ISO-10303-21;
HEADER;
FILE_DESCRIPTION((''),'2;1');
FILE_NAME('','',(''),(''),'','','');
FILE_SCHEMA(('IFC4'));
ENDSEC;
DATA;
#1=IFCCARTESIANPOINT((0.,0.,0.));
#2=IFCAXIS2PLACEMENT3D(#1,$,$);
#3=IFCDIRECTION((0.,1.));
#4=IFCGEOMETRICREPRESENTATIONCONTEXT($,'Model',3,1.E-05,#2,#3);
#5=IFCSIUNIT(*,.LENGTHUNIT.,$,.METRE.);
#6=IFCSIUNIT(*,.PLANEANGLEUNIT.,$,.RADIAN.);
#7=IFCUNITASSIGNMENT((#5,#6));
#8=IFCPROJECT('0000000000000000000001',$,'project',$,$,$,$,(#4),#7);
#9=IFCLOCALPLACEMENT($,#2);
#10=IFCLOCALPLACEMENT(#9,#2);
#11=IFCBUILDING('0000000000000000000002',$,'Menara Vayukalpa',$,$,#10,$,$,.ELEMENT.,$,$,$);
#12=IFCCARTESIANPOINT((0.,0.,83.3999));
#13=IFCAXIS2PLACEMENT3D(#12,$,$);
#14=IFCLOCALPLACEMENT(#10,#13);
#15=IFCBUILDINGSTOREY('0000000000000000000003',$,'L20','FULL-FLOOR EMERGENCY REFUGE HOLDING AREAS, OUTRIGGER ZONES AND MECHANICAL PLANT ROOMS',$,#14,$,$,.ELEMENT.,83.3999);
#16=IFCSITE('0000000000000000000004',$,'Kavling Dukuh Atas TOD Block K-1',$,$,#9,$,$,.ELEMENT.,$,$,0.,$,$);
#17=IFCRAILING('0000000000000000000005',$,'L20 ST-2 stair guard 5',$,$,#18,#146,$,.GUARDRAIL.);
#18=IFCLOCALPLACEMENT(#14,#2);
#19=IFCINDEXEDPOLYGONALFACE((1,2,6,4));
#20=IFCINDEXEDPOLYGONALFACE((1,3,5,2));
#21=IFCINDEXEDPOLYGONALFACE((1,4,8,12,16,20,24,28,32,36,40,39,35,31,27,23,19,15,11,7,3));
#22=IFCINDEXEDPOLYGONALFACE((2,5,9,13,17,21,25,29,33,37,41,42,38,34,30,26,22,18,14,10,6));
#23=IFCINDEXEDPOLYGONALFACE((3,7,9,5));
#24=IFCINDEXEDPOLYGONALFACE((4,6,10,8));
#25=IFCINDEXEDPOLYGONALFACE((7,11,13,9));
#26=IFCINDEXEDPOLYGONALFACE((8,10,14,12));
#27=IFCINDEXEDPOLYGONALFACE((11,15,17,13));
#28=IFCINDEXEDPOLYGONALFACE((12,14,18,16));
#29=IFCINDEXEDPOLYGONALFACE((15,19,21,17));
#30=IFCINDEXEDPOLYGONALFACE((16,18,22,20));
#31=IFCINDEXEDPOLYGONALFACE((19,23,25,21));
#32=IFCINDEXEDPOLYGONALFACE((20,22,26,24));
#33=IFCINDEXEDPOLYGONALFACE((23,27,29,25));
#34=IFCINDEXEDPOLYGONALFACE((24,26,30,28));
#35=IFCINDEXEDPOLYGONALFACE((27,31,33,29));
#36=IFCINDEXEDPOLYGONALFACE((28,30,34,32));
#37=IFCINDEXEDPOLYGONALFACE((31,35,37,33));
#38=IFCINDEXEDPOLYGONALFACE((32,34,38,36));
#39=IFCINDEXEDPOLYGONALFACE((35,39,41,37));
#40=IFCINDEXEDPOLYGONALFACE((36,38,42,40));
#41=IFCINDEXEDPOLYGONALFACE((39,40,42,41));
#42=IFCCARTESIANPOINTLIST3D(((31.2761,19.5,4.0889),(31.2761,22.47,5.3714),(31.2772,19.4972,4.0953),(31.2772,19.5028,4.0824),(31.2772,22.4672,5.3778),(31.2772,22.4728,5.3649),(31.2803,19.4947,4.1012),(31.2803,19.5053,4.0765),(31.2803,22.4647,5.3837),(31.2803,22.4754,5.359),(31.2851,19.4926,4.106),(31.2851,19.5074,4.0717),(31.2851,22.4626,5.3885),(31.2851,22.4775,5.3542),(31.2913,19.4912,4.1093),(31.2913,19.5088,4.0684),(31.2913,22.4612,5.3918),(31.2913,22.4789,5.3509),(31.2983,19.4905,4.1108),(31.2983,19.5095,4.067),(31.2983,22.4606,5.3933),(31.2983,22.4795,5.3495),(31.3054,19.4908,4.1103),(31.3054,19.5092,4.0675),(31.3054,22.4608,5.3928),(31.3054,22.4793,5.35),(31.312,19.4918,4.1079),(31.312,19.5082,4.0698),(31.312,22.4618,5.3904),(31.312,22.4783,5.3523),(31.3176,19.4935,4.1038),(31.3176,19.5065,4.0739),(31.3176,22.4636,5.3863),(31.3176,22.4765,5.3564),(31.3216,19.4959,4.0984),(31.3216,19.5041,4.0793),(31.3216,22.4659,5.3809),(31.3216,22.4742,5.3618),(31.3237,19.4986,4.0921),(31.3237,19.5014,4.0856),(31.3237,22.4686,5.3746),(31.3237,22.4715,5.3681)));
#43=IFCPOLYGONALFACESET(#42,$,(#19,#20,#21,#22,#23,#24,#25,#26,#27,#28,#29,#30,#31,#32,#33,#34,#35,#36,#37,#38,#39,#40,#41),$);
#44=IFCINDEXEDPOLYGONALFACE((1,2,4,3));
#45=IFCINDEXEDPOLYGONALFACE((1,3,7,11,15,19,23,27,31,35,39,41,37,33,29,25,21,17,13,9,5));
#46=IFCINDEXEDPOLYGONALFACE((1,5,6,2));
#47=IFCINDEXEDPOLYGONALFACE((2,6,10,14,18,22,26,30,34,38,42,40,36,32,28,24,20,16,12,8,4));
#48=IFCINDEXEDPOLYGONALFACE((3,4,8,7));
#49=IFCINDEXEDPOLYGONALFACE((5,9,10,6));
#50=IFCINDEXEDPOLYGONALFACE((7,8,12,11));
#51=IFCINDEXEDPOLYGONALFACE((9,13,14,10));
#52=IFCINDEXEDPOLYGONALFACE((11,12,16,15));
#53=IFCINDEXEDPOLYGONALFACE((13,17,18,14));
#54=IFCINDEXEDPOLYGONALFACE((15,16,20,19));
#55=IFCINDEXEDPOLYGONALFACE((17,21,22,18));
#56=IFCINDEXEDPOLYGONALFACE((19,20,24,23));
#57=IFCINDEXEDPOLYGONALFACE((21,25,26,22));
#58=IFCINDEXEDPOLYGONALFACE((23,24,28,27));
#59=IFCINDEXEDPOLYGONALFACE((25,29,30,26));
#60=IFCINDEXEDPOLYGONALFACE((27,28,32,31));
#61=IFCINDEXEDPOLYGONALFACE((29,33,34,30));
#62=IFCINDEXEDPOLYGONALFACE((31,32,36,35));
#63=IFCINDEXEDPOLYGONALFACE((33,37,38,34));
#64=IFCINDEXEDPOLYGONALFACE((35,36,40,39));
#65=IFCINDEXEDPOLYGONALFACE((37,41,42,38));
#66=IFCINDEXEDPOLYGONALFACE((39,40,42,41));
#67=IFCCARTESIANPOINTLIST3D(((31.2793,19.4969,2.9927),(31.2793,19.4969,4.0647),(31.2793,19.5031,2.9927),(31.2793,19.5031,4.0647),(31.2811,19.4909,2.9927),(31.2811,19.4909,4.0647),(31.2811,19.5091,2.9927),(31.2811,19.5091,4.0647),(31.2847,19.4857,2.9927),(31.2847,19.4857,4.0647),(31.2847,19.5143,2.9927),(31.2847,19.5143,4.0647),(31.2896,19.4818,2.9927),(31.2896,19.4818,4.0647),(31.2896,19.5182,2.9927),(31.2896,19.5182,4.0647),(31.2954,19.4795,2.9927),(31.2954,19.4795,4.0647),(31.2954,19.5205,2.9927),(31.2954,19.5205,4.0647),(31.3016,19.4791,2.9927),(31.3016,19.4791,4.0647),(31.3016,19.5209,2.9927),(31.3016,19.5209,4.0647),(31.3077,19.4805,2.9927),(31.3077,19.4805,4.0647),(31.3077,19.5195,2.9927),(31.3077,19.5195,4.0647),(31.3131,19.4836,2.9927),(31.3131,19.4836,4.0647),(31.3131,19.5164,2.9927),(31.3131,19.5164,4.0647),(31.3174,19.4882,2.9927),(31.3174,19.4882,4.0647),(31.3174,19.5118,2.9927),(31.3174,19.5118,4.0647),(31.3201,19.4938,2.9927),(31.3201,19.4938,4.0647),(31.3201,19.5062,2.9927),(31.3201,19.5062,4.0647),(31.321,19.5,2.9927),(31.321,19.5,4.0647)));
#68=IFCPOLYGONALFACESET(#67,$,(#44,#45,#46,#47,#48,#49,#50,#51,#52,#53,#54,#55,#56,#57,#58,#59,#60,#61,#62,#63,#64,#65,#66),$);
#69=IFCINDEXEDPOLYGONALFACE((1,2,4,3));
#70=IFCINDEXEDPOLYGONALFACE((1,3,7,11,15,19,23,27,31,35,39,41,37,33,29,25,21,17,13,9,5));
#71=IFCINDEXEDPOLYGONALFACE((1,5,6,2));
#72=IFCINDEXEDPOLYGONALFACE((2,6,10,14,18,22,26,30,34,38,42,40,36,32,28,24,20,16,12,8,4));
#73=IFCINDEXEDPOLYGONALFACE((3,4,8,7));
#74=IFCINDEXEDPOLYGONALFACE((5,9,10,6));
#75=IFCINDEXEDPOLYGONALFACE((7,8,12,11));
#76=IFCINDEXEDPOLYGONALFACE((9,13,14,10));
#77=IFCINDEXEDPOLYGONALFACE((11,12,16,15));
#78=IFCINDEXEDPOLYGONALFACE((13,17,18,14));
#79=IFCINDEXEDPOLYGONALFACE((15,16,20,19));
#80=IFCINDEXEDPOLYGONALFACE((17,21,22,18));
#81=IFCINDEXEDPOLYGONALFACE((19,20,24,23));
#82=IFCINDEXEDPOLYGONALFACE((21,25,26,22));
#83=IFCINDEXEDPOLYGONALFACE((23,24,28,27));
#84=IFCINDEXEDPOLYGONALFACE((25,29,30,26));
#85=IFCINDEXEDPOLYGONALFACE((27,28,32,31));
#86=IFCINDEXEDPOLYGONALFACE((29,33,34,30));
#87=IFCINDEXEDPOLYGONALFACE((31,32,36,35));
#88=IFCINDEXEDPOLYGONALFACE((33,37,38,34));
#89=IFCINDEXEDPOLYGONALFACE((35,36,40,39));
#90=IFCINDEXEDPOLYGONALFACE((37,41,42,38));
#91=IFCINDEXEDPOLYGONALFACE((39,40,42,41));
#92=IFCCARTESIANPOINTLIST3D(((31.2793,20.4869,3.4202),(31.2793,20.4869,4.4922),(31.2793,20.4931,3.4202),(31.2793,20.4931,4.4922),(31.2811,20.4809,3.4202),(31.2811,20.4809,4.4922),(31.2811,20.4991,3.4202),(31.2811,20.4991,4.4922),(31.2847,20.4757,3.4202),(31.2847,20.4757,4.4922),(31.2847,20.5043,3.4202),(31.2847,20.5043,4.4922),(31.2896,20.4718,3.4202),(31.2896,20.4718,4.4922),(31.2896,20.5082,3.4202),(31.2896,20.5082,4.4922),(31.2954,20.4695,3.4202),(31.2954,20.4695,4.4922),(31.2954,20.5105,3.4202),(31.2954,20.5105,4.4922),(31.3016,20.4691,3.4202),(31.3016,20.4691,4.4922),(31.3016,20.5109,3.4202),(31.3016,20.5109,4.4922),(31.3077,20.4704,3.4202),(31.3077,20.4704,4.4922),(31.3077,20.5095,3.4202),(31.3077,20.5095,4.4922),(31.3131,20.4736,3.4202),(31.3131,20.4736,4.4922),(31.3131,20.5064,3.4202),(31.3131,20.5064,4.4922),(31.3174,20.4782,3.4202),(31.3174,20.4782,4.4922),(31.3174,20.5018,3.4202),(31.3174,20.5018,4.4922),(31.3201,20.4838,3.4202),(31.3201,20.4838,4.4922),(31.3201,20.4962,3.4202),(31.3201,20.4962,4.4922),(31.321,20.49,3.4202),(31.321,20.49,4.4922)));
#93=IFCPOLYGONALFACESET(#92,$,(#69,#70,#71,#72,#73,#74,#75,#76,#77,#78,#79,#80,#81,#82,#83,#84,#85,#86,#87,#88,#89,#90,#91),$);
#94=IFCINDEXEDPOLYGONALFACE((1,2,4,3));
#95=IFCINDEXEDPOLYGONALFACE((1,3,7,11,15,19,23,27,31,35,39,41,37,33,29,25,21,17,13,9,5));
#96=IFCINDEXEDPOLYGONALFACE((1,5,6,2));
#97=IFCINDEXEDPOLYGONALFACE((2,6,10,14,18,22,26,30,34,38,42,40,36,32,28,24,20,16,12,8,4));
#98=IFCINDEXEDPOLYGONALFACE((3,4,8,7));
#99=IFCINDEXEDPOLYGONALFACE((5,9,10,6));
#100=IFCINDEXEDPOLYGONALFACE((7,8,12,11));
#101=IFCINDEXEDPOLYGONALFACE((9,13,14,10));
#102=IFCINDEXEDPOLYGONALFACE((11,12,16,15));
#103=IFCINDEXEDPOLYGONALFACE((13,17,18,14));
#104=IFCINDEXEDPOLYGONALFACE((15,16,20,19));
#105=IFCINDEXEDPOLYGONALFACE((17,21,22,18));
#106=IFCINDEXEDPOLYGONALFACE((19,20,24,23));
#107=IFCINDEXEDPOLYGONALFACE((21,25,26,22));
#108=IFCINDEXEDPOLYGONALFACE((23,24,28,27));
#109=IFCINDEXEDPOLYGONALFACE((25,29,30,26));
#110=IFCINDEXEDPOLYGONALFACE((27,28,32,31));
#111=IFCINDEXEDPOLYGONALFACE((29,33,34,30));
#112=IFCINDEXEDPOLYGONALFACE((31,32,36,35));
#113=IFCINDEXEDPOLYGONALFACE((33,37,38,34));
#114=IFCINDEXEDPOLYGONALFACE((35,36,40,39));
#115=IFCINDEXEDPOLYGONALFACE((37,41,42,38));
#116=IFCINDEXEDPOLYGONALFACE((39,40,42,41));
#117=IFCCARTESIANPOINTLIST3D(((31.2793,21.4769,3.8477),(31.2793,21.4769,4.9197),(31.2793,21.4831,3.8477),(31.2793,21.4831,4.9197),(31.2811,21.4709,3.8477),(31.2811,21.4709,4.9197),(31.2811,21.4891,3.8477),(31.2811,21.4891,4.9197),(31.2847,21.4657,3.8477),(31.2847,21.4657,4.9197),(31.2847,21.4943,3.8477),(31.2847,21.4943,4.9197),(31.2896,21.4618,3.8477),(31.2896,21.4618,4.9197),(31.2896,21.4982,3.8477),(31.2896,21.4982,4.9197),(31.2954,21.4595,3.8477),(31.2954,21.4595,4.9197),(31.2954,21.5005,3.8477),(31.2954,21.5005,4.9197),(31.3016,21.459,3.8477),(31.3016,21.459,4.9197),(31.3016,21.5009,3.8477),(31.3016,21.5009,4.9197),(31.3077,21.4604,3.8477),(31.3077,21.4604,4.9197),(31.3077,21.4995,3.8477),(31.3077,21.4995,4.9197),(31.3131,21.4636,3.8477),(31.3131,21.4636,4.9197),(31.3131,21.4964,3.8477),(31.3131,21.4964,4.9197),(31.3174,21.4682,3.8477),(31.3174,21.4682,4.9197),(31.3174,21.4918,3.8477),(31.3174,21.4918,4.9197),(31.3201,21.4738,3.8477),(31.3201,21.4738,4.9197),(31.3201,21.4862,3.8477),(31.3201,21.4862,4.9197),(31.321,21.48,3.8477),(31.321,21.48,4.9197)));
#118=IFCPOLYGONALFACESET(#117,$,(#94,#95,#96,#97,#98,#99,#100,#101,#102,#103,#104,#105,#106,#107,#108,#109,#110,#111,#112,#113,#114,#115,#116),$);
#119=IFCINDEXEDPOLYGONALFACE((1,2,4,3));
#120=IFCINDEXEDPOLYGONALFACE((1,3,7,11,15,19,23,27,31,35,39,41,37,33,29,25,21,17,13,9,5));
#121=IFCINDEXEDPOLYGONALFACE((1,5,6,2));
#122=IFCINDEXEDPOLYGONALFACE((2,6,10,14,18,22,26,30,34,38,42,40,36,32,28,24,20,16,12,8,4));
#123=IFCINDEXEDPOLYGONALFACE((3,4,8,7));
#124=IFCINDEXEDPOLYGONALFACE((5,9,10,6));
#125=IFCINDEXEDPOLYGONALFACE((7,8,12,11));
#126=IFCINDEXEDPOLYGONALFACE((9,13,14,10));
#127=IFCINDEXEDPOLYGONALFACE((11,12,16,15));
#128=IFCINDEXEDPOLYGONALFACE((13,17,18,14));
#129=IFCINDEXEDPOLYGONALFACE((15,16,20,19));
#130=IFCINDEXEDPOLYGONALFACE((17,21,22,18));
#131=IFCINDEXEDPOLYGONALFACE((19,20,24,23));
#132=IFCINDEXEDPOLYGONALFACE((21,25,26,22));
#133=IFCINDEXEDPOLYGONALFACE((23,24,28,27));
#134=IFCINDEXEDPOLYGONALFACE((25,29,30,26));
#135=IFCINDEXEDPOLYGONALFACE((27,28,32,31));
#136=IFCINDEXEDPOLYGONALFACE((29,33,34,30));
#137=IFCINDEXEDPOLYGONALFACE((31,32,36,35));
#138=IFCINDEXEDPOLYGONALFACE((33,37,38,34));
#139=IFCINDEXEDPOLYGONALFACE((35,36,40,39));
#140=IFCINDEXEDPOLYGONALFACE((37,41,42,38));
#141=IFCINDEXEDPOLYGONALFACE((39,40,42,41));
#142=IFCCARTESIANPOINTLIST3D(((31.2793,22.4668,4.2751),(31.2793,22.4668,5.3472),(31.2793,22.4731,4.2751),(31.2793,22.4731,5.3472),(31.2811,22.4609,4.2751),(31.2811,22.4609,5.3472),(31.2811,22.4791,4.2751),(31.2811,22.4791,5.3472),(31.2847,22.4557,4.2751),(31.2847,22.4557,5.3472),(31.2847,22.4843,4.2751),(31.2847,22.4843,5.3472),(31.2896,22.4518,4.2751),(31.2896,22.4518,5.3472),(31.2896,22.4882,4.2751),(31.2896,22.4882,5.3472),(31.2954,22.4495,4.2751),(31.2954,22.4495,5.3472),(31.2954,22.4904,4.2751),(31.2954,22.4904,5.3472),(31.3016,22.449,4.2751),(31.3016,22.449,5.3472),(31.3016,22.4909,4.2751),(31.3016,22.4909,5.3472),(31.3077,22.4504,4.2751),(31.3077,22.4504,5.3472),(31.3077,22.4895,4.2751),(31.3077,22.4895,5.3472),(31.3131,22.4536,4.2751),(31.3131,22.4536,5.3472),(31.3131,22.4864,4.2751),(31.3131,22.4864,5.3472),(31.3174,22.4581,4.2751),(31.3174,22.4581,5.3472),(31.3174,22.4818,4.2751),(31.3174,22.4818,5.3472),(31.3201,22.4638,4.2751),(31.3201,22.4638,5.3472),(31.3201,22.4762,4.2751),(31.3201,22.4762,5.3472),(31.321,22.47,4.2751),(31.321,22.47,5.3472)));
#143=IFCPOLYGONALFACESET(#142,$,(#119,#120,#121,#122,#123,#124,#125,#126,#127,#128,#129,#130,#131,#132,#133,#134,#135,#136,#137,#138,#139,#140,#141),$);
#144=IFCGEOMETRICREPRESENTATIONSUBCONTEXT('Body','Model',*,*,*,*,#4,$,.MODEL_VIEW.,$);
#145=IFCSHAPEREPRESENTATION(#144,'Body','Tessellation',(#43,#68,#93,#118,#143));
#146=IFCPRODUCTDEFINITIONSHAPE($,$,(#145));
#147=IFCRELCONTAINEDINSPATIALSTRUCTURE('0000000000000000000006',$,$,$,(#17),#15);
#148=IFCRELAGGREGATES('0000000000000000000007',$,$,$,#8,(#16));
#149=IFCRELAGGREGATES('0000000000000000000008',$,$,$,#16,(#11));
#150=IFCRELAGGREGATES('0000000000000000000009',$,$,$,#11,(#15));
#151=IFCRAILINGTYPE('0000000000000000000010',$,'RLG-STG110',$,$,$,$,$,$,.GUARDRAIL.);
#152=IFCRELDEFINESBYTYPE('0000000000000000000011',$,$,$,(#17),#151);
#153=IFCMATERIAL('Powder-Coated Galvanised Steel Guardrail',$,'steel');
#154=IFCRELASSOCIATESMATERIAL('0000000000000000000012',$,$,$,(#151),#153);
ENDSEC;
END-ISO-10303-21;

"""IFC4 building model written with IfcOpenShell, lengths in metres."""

from ifc_helpers import new_model, si_unit, direction, frame, origin, origin_2d, place, context, subcontext, project, spatial, circle, extrude, material, type_object, element, save


model = new_model("IFC4")

# Units and contexts
model_context = context("Model", 3, precision=1e-05, world=origin(), true_north=direction((0.0, 1.0)))
body_context = subcontext(model_context, "Body", "Model", "MODEL_VIEW")
ifc_project = project(units=[si_unit("LENGTHUNIT", "METRE"), si_unit("PLANEANGLEUNIT", "RADIAN")], contexts=[model_context])

# Site, building, storey
site_placement = place(None, origin())
site = spatial("IfcSite", under=ifc_project, at=site_placement, Name="Kavling Dukuh Atas TOD Block K-1", CompositionType="ELEMENT", RefElevation=0.0)
building_placement = place(site_placement, origin())
building = spatial("IfcBuilding", under=site, at=building_placement, Name="Menara Vayukalpa", CompositionType="ELEMENT")
storey_placement = place(building_placement, frame((0.0, 0.0, 83.3999)))
storey = spatial("IfcBuildingStorey", under=building, at=storey_placement, Name="L20", Description="FULL-FLOOR EMERGENCY REFUGE HOLDING AREAS, OUTRIGGER ZONES AND MECHANICAL PLANT ROOMS", CompositionType="ELEMENT", Elevation=83.3999)

# Railing
ifc_material_1 = material(Name="Powder-Coated Galvanised Steel Guardrail", Category="steel")
railing_type = type_object("IfcRailingType", Name="RLG-STG110", PredefinedType="GUARDRAIL", material=ifc_material_1)
railing_1_placement = place(storey_placement, frame((31.3, 19.5, 2.9927)))
element("IfcRailing", 1, at=railing_1_placement, inside=storey, type_object=railing_type, Name="L20 ST-2 stair guard 5", PredefinedType="GUARDRAIL", context=body_context, shape_type="SweptSolid", body=[
    extrude(circle(Radius=0.0239, at=origin_2d()), frame((0.0, 0.0, 1.0962), z_axis=(0.0, 0.918064, 0.396432), x_axis=(-1.0, 0.0, 0.0)), (0.0, 0.0, 1.0), 3.2351),
    extrude(circle(Radius=0.021, at=origin_2d()), origin(), (0.0, 0.0, 1.0), 1.072),
    extrude(circle(Radius=0.021, at=origin_2d()), frame((0.0, 0.99, 0.4275)), (0.0, 0.0, 1.0), 1.072),
    extrude(circle(Radius=0.021, at=origin_2d()), frame((0.0, 1.98, 0.855)), (0.0, 0.0, 1.0), 1.072),
    extrude(circle(Radius=0.021, at=origin_2d()), frame((0.0, 2.97, 1.2825)), (0.0, 0.0, 1.0), 1.072),
])

save(model, "model.ifc")
